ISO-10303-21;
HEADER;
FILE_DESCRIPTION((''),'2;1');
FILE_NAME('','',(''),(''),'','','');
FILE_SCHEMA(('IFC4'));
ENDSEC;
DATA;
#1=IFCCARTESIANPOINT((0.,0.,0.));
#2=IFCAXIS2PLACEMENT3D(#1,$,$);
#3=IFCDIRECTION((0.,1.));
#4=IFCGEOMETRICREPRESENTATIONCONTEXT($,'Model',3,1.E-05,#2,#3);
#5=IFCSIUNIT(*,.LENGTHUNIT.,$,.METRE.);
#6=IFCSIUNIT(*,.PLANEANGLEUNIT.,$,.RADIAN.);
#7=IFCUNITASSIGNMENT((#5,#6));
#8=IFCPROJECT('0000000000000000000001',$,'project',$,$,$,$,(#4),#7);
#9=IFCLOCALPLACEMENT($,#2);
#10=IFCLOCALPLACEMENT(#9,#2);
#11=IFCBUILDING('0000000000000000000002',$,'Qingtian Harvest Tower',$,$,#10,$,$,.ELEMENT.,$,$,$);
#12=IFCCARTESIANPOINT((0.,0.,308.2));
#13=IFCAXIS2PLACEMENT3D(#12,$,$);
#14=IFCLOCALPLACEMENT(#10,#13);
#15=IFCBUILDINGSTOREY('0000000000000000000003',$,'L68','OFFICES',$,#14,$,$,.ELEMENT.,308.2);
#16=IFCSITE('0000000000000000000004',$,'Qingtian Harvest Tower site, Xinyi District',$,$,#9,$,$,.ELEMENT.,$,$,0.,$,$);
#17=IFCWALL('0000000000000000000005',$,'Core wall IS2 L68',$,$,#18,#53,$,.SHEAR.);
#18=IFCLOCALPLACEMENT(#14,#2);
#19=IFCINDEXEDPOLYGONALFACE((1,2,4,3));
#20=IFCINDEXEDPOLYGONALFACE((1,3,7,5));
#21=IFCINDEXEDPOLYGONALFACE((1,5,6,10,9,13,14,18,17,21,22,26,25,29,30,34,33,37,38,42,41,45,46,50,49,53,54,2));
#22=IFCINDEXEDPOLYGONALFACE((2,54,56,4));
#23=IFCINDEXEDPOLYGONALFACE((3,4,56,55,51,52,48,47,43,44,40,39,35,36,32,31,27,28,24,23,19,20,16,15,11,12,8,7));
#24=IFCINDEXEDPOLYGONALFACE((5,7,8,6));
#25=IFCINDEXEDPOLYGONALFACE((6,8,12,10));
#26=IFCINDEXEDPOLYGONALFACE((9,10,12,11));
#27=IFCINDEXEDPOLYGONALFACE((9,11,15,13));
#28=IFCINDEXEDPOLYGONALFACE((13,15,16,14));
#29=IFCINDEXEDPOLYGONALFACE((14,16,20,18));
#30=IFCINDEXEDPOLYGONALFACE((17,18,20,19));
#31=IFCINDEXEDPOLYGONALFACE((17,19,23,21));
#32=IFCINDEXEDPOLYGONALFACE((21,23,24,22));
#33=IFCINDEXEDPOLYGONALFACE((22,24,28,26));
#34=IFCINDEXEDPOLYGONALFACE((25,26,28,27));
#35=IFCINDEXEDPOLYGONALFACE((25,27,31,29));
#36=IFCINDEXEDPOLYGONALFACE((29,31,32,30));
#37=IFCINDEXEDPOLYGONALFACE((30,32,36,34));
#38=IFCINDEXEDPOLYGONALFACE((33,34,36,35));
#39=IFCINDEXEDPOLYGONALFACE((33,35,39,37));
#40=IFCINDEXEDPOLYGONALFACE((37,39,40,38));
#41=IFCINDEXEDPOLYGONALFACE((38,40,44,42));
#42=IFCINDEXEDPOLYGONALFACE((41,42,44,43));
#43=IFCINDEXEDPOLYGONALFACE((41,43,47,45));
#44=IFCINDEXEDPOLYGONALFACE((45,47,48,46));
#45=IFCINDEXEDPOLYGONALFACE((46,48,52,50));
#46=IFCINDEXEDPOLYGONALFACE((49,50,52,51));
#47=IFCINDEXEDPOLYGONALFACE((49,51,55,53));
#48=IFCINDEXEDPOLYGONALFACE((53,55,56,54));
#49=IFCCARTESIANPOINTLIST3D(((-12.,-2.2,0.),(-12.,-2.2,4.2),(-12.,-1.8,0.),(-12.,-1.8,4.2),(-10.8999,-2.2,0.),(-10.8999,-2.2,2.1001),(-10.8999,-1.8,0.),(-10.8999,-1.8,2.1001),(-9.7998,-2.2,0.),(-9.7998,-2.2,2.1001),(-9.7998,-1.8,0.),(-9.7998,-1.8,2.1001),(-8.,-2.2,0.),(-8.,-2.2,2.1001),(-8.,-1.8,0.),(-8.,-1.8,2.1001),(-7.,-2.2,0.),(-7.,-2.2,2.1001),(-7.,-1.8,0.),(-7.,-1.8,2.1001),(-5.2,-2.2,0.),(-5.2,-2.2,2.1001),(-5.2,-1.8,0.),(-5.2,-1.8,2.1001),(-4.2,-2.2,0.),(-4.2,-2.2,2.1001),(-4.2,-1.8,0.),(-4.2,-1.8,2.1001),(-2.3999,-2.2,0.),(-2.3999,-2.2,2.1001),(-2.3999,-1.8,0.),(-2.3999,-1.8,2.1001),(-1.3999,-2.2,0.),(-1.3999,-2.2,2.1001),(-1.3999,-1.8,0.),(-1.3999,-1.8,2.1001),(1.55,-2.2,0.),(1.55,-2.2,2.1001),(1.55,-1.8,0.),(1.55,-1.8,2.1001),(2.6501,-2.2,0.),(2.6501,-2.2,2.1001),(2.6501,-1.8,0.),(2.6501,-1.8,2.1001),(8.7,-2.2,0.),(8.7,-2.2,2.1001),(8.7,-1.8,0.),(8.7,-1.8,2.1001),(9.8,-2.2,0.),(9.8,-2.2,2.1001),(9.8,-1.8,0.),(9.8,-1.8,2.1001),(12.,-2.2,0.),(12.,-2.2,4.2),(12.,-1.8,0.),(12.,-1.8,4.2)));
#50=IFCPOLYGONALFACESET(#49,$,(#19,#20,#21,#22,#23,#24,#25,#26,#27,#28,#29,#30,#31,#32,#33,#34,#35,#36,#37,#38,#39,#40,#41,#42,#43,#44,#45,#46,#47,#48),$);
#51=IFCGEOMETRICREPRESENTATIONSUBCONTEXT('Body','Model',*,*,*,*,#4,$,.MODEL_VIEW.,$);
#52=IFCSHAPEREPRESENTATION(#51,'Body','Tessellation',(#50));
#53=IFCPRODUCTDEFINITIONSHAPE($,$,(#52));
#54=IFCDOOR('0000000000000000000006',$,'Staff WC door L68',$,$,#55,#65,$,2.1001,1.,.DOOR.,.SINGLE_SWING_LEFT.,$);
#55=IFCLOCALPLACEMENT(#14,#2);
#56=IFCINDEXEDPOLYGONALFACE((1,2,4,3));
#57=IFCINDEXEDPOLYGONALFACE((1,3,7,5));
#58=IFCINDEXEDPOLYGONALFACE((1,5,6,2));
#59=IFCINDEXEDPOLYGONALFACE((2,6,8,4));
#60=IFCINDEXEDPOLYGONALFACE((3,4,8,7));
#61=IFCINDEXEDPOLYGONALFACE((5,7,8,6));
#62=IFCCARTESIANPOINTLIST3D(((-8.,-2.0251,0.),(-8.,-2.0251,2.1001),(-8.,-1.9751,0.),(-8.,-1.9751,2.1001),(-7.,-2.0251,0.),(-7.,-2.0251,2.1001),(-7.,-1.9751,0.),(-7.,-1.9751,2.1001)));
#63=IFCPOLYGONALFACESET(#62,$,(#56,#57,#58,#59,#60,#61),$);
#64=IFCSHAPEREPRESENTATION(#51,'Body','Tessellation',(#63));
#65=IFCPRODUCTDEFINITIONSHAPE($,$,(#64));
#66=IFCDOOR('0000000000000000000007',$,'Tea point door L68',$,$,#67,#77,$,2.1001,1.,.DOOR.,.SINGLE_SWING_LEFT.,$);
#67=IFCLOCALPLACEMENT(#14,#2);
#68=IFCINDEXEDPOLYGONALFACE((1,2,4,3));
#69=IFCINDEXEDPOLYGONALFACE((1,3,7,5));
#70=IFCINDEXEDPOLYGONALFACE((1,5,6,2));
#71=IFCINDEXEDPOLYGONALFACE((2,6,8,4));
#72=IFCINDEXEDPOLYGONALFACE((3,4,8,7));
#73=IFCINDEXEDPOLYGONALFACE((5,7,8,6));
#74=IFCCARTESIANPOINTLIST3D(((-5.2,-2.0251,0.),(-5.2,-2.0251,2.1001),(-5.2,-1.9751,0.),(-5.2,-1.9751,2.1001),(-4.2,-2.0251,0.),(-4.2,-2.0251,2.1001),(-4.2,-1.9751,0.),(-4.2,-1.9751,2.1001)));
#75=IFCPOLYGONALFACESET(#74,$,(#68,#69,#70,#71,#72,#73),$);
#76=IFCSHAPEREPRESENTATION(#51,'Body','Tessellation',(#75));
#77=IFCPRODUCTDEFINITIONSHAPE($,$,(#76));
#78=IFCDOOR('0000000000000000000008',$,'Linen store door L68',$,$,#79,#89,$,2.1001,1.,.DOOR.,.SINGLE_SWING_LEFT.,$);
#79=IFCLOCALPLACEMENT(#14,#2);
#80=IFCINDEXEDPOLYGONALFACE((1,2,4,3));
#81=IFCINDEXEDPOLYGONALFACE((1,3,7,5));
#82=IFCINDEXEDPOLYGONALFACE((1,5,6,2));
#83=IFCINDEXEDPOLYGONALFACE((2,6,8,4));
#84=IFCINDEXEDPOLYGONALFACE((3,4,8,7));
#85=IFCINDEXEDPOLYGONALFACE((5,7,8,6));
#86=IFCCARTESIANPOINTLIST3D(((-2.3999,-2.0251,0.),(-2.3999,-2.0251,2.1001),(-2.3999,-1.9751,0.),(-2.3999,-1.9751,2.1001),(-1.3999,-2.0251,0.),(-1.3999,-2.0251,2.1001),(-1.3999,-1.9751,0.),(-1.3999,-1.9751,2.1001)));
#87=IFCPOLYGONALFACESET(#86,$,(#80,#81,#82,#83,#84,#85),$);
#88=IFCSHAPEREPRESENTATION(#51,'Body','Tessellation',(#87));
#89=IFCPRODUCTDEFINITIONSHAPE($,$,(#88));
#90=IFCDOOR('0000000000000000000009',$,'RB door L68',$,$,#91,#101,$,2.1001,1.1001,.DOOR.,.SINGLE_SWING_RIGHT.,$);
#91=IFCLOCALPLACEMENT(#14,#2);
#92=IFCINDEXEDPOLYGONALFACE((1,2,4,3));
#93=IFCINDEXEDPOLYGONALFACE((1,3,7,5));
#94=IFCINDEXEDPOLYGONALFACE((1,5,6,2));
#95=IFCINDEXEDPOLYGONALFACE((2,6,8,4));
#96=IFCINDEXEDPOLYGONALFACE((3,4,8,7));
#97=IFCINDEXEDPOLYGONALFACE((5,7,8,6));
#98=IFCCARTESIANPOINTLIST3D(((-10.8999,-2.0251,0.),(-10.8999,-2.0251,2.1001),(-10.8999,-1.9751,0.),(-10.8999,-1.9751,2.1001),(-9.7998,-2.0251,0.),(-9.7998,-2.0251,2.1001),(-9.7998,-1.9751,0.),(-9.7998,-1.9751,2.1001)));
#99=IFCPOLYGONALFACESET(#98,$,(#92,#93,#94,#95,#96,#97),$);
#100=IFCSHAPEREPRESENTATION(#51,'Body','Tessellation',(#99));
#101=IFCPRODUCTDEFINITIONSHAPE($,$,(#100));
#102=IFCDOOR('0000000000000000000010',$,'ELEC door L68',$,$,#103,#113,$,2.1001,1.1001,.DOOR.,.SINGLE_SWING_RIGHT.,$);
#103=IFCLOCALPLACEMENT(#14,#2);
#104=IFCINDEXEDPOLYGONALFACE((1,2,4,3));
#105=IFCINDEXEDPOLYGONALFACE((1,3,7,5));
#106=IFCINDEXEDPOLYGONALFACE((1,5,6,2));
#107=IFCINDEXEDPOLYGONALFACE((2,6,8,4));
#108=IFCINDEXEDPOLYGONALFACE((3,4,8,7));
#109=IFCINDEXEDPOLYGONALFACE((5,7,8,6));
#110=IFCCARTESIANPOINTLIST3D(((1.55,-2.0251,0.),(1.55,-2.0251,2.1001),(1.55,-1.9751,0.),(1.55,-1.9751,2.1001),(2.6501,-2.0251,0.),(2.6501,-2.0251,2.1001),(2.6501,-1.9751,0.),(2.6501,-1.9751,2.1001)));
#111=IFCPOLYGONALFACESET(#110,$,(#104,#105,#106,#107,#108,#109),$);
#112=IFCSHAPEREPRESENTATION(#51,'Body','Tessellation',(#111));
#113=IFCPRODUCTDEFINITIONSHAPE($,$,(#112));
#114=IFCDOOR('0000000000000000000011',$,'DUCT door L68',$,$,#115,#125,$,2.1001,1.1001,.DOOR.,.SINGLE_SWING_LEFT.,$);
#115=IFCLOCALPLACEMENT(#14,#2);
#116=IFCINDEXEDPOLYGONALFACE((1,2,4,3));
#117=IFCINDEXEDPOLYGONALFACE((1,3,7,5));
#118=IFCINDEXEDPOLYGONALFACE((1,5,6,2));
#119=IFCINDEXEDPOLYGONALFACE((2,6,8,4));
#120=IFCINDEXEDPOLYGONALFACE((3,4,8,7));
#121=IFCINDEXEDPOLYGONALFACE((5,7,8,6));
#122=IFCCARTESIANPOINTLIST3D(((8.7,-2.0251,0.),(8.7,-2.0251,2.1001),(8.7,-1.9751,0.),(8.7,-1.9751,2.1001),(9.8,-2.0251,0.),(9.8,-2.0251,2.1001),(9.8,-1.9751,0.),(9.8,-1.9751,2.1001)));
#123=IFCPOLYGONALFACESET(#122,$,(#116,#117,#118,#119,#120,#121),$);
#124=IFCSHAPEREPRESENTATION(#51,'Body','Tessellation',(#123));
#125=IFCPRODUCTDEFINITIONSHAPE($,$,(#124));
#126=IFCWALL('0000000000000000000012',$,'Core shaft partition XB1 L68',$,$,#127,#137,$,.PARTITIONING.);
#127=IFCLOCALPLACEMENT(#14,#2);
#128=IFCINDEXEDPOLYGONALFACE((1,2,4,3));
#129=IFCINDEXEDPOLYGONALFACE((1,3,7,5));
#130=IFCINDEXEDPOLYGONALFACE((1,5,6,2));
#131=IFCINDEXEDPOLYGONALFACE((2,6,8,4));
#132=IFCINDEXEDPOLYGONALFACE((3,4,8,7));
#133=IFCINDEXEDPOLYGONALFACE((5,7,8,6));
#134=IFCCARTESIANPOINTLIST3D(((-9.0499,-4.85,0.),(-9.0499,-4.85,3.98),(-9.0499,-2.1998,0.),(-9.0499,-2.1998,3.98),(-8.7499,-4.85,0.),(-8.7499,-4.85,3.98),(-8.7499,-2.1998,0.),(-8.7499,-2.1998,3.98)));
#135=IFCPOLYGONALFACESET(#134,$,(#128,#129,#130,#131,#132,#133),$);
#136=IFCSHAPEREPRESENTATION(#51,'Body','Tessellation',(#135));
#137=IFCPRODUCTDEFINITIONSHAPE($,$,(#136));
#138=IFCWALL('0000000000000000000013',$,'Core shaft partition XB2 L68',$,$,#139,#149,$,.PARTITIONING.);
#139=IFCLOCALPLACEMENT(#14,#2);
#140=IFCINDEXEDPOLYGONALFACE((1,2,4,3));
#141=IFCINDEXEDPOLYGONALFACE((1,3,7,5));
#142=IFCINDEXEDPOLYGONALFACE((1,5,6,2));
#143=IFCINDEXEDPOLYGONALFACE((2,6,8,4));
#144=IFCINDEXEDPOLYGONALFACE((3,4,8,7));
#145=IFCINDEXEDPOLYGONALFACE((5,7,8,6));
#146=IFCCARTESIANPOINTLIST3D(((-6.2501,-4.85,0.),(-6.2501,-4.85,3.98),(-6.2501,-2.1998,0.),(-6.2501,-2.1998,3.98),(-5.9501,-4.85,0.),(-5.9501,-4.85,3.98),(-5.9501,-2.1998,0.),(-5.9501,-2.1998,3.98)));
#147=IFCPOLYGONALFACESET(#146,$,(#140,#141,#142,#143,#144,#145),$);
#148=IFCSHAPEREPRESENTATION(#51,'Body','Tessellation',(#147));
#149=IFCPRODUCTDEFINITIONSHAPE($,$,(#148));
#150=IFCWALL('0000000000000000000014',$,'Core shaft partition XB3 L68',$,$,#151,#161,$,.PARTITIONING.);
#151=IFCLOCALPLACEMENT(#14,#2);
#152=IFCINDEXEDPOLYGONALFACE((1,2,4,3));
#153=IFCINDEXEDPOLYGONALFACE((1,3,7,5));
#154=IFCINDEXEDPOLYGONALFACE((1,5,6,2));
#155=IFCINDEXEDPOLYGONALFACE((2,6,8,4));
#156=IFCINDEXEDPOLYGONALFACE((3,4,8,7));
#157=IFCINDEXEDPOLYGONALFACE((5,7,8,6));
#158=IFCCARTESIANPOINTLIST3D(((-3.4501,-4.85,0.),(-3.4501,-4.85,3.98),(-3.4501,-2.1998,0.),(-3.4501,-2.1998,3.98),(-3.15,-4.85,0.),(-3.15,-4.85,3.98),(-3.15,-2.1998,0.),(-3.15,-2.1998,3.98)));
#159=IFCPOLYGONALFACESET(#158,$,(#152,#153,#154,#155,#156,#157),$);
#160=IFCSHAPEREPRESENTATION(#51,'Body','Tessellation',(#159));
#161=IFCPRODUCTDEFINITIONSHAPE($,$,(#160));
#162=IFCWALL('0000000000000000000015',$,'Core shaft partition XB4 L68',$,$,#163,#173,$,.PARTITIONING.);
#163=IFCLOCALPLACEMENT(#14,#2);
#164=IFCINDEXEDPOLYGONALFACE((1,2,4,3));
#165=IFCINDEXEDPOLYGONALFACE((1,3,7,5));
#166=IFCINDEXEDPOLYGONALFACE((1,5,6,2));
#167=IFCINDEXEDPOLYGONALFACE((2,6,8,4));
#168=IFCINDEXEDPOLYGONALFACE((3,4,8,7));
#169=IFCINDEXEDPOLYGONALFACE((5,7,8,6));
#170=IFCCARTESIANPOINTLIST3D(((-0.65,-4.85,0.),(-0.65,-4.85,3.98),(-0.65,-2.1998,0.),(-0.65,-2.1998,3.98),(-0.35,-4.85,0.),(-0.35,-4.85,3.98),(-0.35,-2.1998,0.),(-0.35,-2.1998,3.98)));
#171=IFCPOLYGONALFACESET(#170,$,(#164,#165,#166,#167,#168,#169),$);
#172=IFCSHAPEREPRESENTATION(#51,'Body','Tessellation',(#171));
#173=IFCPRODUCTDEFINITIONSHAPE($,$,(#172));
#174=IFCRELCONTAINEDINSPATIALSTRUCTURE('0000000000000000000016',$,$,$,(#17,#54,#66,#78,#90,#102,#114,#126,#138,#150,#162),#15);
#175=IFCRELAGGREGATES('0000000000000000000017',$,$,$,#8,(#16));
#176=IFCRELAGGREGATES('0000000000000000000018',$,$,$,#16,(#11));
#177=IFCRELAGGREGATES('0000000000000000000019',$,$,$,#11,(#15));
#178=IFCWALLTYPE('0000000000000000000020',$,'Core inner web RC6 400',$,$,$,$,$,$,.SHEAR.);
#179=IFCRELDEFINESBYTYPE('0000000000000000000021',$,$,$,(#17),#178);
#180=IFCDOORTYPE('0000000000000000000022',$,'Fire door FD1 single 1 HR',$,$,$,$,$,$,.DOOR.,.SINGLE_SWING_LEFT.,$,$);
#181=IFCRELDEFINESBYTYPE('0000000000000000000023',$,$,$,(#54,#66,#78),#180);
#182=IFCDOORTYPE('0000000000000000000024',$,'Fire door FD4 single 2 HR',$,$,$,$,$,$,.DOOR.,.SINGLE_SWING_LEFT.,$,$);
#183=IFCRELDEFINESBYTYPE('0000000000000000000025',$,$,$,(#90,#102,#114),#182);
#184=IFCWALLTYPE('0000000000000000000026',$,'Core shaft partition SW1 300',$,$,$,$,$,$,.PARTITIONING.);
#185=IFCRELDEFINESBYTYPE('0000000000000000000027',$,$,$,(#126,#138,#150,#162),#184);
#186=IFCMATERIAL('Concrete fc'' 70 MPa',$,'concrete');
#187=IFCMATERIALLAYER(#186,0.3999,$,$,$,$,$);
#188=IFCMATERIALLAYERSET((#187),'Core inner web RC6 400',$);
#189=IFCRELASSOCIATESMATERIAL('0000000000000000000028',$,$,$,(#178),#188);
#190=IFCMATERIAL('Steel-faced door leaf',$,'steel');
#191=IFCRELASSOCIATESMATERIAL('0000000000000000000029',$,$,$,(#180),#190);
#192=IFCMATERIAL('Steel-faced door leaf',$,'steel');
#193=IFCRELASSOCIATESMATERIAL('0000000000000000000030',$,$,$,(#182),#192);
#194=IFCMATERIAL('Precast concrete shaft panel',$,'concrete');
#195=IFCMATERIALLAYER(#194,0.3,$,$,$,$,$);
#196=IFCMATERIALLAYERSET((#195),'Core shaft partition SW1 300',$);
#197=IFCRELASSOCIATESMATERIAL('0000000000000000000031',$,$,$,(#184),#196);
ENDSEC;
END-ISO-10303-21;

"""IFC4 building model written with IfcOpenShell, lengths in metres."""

from ifc_helpers import new_model, si_unit, direction, frame, frame_2d, origin, place, context, subcontext, project, spatial, rectangle, extrude, material, layer, layer_set, type_object, element, fill, save


model = new_model("IFC4")

# Units and contexts
model_context = context("Model", 3, precision=1e-05, world=origin(), true_north=direction((0.0, 1.0)))
body_context = subcontext(model_context, "Body", "Model", "MODEL_VIEW")
ifc_project = project(units=[si_unit("LENGTHUNIT", "METRE"), si_unit("PLANEANGLEUNIT", "RADIAN")], contexts=[model_context])

# Site, building, storey
site_placement = place(None, origin())
site = spatial("IfcSite", under=ifc_project, at=site_placement, Name="Qingtian Harvest Tower site, Xinyi District", CompositionType="ELEMENT", RefElevation=0.0)
building_placement = place(site_placement, origin())
building = spatial("IfcBuilding", under=site, at=building_placement, Name="Qingtian Harvest Tower", CompositionType="ELEMENT")
storey_placement = place(building_placement, frame((0.0, 0.0, 308.2)))
storey = spatial("IfcBuildingStorey", under=building, at=storey_placement, Name="L68", Description="OFFICES", CompositionType="ELEMENT", Elevation=308.2)

# Wall, openings, doors
ifc_material_1 = material(Name="Concrete fc' 70 MPa", Category="concrete")
ifc_layer_1 = layer(ifc_material_1, 0.3999)
ifc_layer_set_1 = layer_set([ifc_layer_1], Name="Core inner web RC6 400")
wall_type_1 = type_object("IfcWallType", Name="Core inner web RC6 400", PredefinedType="SHEAR", material=ifc_layer_set_1)
wall_1_placement = place(storey_placement, frame((-12.0, -2.0, 0.0), z_axis=(0.0, 0.0, 1.0), x_axis=(1.0, 0.0, 0.0)))
wall_1 = element("IfcWall", 1, at=wall_1_placement, inside=storey, type_object=wall_type_1, Name="Core wall IS2 L68", PredefinedType="SHEAR", context=body_context, shape_type="SweptSolid", body=[
    extrude(rectangle(XDim=24.0, YDim=0.3999, at=frame_2d((12.0, 0.0))), origin(), (0.0, 0.0, 1.0), 4.2),
])
opening_1_placement = place(wall_1_placement, frame((1.1001, 0.0, 0.0)))
opening_1 = element("IfcOpeningElement", 2, at=opening_1_placement, cuts=wall_1, PredefinedType="OPENING", context=body_context, shape_type="SweptSolid", body=[
    extrude(rectangle(XDim=1.1001, YDim=2.1001, at=frame_2d((0.55, 1.05))), frame((0.0, 0.21, 0.0), z_axis=(0.0, -1.0, 0.0), x_axis=(1.0, 0.0, 0.0)), (0.0, 0.0, 1.0), 0.4199),
])
opening_2_placement = place(wall_1_placement, frame((13.55, 0.0, 0.0)))
opening_2 = element("IfcOpeningElement", 3, at=opening_2_placement, cuts=wall_1, PredefinedType="OPENING", context=body_context, shape_type="SweptSolid", body=[
    extrude(rectangle(XDim=1.1001, YDim=2.1001, at=frame_2d((0.55, 1.05))), frame((0.0, 0.21, 0.0), z_axis=(0.0, -1.0, 0.0), x_axis=(1.0, 0.0, 0.0)), (0.0, 0.0, 1.0), 0.4199),
])
opening_3_placement = place(wall_1_placement, frame((20.7, 0.0, 0.0)))
opening_3 = element("IfcOpeningElement", 4, at=opening_3_placement, cuts=wall_1, PredefinedType="OPENING", context=body_context, shape_type="SweptSolid", body=[
    extrude(rectangle(XDim=1.1001, YDim=2.1001, at=frame_2d((0.55, 1.05))), frame((0.0, 0.21, 0.0), z_axis=(0.0, -1.0, 0.0), x_axis=(1.0, 0.0, 0.0)), (0.0, 0.0, 1.0), 0.4199),
])
opening_4_placement = place(wall_1_placement, frame((4.0, 0.0, 0.0)))
opening_4 = element("IfcOpeningElement", 5, at=opening_4_placement, cuts=wall_1, PredefinedType="OPENING", context=body_context, shape_type="SweptSolid", body=[
    extrude(rectangle(XDim=1.0, YDim=2.1001, at=frame_2d((0.5, 1.05))), frame((0.0, 0.21, 0.0), z_axis=(0.0, -1.0, 0.0), x_axis=(1.0, 0.0, 0.0)), (0.0, 0.0, 1.0), 0.4199),
])
opening_5_placement = place(wall_1_placement, frame((6.8, 0.0, 0.0)))
opening_5 = element("IfcOpeningElement", 6, at=opening_5_placement, cuts=wall_1, PredefinedType="OPENING", context=body_context, shape_type="SweptSolid", body=[
    extrude(rectangle(XDim=1.0, YDim=2.1001, at=frame_2d((0.5, 1.05))), frame((0.0, 0.21, 0.0), z_axis=(0.0, -1.0, 0.0), x_axis=(1.0, 0.0, 0.0)), (0.0, 0.0, 1.0), 0.4199),
])
opening_6_placement = place(wall_1_placement, frame((9.6001, 0.0, 0.0)))
opening_6 = element("IfcOpeningElement", 7, at=opening_6_placement, cuts=wall_1, PredefinedType="OPENING", context=body_context, shape_type="SweptSolid", body=[
    extrude(rectangle(XDim=1.0, YDim=2.1001, at=frame_2d((0.5, 1.05))), frame((0.0, 0.21, 0.0), z_axis=(0.0, -1.0, 0.0), x_axis=(1.0, 0.0, 0.0)), (0.0, 0.0, 1.0), 0.4199),
])
ifc_material_2 = material(Name="Steel-faced door leaf", Category="steel")
door_type_1 = type_object("IfcDoorType", Name="Fire door FD1 single 1 HR", OperationType="SINGLE_SWING_LEFT", PredefinedType="DOOR", material=ifc_material_2)
door_1_placement = place(opening_4_placement, origin())
door_1 = element("IfcDoor", 8, at=door_1_placement, inside=storey, type_object=door_type_1, Name="Staff WC door L68", OperationType="SINGLE_SWING_LEFT", OverallHeight=2.1001, OverallWidth=1.0, PredefinedType="DOOR", context=body_context, shape_type="SweptSolid", body=[
    extrude(rectangle(XDim=1.0, YDim=2.1001, at=frame_2d((0.5, 1.05))), frame((0.0, 0.0249, 0.0), z_axis=(0.0, -1.0, 0.0), x_axis=(1.0, 0.0, 0.0)), (0.0, 0.0, 1.0), 0.05),
])
fill(opening_4, door_1)
door_2_placement = place(opening_5_placement, origin())
door_2 = element("IfcDoor", 9, at=door_2_placement, inside=storey, type_object=door_type_1, Name="Tea point door L68", OperationType="SINGLE_SWING_LEFT", OverallHeight=2.1001, OverallWidth=1.0, PredefinedType="DOOR", context=body_context, shape_type="SweptSolid", body=[
    extrude(rectangle(XDim=1.0, YDim=2.1001, at=frame_2d((0.5, 1.05))), frame((0.0, 0.0249, 0.0), z_axis=(0.0, -1.0, 0.0), x_axis=(1.0, 0.0, 0.0)), (0.0, 0.0, 1.0), 0.05),
])
fill(opening_5, door_2)
door_3_placement = place(opening_6_placement, origin())
door_3 = element("IfcDoor", 10, at=door_3_placement, inside=storey, type_object=door_type_1, Name="Linen store door L68", OperationType="SINGLE_SWING_LEFT", OverallHeight=2.1001, OverallWidth=1.0, PredefinedType="DOOR", context=body_context, shape_type="SweptSolid", body=[
    extrude(rectangle(XDim=1.0, YDim=2.1001, at=frame_2d((0.5, 1.05))), frame((0.0, 0.0249, 0.0), z_axis=(0.0, -1.0, 0.0), x_axis=(1.0, 0.0, 0.0)), (0.0, 0.0, 1.0), 0.05),
])
fill(opening_6, door_3)
ifc_material_3 = material(Name="Steel-faced door leaf", Category="steel")
door_type_2 = type_object("IfcDoorType", Name="Fire door FD4 single 2 HR", OperationType="SINGLE_SWING_LEFT", PredefinedType="DOOR", material=ifc_material_3)
door_4_placement = place(opening_1_placement, origin())
door_4 = element("IfcDoor", 11, at=door_4_placement, inside=storey, type_object=door_type_2, Name="RB door L68", OperationType="SINGLE_SWING_RIGHT", OverallHeight=2.1001, OverallWidth=1.1001, PredefinedType="DOOR", context=body_context, shape_type="SweptSolid", body=[
    extrude(rectangle(XDim=1.1001, YDim=2.1001, at=frame_2d((0.55, 1.05))), frame((0.0, 0.0249, 0.0), z_axis=(0.0, -1.0, 0.0), x_axis=(1.0, 0.0, 0.0)), (0.0, 0.0, 1.0), 0.05),
])
fill(opening_1, door_4)
door_5_placement = place(opening_2_placement, origin())
door_5 = element("IfcDoor", 12, at=door_5_placement, inside=storey, type_object=door_type_2, Name="ELEC door L68", OperationType="SINGLE_SWING_RIGHT", OverallHeight=2.1001, OverallWidth=1.1001, PredefinedType="DOOR", context=body_context, shape_type="SweptSolid", body=[
    extrude(rectangle(XDim=1.1001, YDim=2.1001, at=frame_2d((0.55, 1.05))), frame((0.0, 0.0249, 0.0), z_axis=(0.0, -1.0, 0.0), x_axis=(1.0, 0.0, 0.0)), (0.0, 0.0, 1.0), 0.05),
])
fill(opening_2, door_5)
door_6_placement = place(opening_3_placement, origin())
door_6 = element("IfcDoor", 13, at=door_6_placement, inside=storey, type_object=door_type_2, Name="DUCT door L68", OperationType="SINGLE_SWING_LEFT", OverallHeight=2.1001, OverallWidth=1.1001, PredefinedType="DOOR", context=body_context, shape_type="SweptSolid", body=[
    extrude(rectangle(XDim=1.1001, YDim=2.1001, at=frame_2d((0.55, 1.05))), frame((0.0, 0.0249, 0.0), z_axis=(0.0, -1.0, 0.0), x_axis=(1.0, 0.0, 0.0)), (0.0, 0.0, 1.0), 0.05),
])
fill(opening_3, door_6)

# Walls
ifc_material_4 = material(Name="Precast concrete shaft panel", Category="concrete")
ifc_layer_2 = layer(ifc_material_4, 0.3)
ifc_layer_set_2 = layer_set([ifc_layer_2], Name="Core shaft partition SW1 300")
wall_type_2 = type_object("IfcWallType", Name="Core shaft partition SW1 300", PredefinedType="PARTITIONING", material=ifc_layer_set_2)
for number, where, z_axis, x_axis, name in (
    (14, (-8.8999, -4.8501, 0.0), (0.0, 0.0, 1.0), (0.0, 1.0, 0.0), "Core shaft partition XB1 L68"),
    (15, (-6.1001, -4.8501, 0.0), (0.0, 0.0, 1.0), (0.0, 1.0, 0.0), "Core shaft partition XB2 L68"),
    (16, (-3.3, -4.8501, 0.0), (0.0, 0.0, 1.0), (0.0, 1.0, 0.0), "Core shaft partition XB3 L68"),
    (17, (-0.5, -4.8501, 0.0), (0.0, 0.0, 1.0), (0.0, 1.0, 0.0), "Core shaft partition XB4 L68"),
):
    element("IfcWall", number, at=place(storey_placement, frame(where, z_axis=z_axis, x_axis=x_axis)), inside=storey, type_object=wall_type_2, Name=name, PredefinedType="PARTITIONING", context=body_context, shape_type="SweptSolid", body=[
        extrude(rectangle(XDim=2.6501, YDim=0.3, at=frame_2d((1.3252, 0.0))), origin(), (0.0, 0.0, 1.0), 3.98),
    ])

save(model, "model.ifc")
